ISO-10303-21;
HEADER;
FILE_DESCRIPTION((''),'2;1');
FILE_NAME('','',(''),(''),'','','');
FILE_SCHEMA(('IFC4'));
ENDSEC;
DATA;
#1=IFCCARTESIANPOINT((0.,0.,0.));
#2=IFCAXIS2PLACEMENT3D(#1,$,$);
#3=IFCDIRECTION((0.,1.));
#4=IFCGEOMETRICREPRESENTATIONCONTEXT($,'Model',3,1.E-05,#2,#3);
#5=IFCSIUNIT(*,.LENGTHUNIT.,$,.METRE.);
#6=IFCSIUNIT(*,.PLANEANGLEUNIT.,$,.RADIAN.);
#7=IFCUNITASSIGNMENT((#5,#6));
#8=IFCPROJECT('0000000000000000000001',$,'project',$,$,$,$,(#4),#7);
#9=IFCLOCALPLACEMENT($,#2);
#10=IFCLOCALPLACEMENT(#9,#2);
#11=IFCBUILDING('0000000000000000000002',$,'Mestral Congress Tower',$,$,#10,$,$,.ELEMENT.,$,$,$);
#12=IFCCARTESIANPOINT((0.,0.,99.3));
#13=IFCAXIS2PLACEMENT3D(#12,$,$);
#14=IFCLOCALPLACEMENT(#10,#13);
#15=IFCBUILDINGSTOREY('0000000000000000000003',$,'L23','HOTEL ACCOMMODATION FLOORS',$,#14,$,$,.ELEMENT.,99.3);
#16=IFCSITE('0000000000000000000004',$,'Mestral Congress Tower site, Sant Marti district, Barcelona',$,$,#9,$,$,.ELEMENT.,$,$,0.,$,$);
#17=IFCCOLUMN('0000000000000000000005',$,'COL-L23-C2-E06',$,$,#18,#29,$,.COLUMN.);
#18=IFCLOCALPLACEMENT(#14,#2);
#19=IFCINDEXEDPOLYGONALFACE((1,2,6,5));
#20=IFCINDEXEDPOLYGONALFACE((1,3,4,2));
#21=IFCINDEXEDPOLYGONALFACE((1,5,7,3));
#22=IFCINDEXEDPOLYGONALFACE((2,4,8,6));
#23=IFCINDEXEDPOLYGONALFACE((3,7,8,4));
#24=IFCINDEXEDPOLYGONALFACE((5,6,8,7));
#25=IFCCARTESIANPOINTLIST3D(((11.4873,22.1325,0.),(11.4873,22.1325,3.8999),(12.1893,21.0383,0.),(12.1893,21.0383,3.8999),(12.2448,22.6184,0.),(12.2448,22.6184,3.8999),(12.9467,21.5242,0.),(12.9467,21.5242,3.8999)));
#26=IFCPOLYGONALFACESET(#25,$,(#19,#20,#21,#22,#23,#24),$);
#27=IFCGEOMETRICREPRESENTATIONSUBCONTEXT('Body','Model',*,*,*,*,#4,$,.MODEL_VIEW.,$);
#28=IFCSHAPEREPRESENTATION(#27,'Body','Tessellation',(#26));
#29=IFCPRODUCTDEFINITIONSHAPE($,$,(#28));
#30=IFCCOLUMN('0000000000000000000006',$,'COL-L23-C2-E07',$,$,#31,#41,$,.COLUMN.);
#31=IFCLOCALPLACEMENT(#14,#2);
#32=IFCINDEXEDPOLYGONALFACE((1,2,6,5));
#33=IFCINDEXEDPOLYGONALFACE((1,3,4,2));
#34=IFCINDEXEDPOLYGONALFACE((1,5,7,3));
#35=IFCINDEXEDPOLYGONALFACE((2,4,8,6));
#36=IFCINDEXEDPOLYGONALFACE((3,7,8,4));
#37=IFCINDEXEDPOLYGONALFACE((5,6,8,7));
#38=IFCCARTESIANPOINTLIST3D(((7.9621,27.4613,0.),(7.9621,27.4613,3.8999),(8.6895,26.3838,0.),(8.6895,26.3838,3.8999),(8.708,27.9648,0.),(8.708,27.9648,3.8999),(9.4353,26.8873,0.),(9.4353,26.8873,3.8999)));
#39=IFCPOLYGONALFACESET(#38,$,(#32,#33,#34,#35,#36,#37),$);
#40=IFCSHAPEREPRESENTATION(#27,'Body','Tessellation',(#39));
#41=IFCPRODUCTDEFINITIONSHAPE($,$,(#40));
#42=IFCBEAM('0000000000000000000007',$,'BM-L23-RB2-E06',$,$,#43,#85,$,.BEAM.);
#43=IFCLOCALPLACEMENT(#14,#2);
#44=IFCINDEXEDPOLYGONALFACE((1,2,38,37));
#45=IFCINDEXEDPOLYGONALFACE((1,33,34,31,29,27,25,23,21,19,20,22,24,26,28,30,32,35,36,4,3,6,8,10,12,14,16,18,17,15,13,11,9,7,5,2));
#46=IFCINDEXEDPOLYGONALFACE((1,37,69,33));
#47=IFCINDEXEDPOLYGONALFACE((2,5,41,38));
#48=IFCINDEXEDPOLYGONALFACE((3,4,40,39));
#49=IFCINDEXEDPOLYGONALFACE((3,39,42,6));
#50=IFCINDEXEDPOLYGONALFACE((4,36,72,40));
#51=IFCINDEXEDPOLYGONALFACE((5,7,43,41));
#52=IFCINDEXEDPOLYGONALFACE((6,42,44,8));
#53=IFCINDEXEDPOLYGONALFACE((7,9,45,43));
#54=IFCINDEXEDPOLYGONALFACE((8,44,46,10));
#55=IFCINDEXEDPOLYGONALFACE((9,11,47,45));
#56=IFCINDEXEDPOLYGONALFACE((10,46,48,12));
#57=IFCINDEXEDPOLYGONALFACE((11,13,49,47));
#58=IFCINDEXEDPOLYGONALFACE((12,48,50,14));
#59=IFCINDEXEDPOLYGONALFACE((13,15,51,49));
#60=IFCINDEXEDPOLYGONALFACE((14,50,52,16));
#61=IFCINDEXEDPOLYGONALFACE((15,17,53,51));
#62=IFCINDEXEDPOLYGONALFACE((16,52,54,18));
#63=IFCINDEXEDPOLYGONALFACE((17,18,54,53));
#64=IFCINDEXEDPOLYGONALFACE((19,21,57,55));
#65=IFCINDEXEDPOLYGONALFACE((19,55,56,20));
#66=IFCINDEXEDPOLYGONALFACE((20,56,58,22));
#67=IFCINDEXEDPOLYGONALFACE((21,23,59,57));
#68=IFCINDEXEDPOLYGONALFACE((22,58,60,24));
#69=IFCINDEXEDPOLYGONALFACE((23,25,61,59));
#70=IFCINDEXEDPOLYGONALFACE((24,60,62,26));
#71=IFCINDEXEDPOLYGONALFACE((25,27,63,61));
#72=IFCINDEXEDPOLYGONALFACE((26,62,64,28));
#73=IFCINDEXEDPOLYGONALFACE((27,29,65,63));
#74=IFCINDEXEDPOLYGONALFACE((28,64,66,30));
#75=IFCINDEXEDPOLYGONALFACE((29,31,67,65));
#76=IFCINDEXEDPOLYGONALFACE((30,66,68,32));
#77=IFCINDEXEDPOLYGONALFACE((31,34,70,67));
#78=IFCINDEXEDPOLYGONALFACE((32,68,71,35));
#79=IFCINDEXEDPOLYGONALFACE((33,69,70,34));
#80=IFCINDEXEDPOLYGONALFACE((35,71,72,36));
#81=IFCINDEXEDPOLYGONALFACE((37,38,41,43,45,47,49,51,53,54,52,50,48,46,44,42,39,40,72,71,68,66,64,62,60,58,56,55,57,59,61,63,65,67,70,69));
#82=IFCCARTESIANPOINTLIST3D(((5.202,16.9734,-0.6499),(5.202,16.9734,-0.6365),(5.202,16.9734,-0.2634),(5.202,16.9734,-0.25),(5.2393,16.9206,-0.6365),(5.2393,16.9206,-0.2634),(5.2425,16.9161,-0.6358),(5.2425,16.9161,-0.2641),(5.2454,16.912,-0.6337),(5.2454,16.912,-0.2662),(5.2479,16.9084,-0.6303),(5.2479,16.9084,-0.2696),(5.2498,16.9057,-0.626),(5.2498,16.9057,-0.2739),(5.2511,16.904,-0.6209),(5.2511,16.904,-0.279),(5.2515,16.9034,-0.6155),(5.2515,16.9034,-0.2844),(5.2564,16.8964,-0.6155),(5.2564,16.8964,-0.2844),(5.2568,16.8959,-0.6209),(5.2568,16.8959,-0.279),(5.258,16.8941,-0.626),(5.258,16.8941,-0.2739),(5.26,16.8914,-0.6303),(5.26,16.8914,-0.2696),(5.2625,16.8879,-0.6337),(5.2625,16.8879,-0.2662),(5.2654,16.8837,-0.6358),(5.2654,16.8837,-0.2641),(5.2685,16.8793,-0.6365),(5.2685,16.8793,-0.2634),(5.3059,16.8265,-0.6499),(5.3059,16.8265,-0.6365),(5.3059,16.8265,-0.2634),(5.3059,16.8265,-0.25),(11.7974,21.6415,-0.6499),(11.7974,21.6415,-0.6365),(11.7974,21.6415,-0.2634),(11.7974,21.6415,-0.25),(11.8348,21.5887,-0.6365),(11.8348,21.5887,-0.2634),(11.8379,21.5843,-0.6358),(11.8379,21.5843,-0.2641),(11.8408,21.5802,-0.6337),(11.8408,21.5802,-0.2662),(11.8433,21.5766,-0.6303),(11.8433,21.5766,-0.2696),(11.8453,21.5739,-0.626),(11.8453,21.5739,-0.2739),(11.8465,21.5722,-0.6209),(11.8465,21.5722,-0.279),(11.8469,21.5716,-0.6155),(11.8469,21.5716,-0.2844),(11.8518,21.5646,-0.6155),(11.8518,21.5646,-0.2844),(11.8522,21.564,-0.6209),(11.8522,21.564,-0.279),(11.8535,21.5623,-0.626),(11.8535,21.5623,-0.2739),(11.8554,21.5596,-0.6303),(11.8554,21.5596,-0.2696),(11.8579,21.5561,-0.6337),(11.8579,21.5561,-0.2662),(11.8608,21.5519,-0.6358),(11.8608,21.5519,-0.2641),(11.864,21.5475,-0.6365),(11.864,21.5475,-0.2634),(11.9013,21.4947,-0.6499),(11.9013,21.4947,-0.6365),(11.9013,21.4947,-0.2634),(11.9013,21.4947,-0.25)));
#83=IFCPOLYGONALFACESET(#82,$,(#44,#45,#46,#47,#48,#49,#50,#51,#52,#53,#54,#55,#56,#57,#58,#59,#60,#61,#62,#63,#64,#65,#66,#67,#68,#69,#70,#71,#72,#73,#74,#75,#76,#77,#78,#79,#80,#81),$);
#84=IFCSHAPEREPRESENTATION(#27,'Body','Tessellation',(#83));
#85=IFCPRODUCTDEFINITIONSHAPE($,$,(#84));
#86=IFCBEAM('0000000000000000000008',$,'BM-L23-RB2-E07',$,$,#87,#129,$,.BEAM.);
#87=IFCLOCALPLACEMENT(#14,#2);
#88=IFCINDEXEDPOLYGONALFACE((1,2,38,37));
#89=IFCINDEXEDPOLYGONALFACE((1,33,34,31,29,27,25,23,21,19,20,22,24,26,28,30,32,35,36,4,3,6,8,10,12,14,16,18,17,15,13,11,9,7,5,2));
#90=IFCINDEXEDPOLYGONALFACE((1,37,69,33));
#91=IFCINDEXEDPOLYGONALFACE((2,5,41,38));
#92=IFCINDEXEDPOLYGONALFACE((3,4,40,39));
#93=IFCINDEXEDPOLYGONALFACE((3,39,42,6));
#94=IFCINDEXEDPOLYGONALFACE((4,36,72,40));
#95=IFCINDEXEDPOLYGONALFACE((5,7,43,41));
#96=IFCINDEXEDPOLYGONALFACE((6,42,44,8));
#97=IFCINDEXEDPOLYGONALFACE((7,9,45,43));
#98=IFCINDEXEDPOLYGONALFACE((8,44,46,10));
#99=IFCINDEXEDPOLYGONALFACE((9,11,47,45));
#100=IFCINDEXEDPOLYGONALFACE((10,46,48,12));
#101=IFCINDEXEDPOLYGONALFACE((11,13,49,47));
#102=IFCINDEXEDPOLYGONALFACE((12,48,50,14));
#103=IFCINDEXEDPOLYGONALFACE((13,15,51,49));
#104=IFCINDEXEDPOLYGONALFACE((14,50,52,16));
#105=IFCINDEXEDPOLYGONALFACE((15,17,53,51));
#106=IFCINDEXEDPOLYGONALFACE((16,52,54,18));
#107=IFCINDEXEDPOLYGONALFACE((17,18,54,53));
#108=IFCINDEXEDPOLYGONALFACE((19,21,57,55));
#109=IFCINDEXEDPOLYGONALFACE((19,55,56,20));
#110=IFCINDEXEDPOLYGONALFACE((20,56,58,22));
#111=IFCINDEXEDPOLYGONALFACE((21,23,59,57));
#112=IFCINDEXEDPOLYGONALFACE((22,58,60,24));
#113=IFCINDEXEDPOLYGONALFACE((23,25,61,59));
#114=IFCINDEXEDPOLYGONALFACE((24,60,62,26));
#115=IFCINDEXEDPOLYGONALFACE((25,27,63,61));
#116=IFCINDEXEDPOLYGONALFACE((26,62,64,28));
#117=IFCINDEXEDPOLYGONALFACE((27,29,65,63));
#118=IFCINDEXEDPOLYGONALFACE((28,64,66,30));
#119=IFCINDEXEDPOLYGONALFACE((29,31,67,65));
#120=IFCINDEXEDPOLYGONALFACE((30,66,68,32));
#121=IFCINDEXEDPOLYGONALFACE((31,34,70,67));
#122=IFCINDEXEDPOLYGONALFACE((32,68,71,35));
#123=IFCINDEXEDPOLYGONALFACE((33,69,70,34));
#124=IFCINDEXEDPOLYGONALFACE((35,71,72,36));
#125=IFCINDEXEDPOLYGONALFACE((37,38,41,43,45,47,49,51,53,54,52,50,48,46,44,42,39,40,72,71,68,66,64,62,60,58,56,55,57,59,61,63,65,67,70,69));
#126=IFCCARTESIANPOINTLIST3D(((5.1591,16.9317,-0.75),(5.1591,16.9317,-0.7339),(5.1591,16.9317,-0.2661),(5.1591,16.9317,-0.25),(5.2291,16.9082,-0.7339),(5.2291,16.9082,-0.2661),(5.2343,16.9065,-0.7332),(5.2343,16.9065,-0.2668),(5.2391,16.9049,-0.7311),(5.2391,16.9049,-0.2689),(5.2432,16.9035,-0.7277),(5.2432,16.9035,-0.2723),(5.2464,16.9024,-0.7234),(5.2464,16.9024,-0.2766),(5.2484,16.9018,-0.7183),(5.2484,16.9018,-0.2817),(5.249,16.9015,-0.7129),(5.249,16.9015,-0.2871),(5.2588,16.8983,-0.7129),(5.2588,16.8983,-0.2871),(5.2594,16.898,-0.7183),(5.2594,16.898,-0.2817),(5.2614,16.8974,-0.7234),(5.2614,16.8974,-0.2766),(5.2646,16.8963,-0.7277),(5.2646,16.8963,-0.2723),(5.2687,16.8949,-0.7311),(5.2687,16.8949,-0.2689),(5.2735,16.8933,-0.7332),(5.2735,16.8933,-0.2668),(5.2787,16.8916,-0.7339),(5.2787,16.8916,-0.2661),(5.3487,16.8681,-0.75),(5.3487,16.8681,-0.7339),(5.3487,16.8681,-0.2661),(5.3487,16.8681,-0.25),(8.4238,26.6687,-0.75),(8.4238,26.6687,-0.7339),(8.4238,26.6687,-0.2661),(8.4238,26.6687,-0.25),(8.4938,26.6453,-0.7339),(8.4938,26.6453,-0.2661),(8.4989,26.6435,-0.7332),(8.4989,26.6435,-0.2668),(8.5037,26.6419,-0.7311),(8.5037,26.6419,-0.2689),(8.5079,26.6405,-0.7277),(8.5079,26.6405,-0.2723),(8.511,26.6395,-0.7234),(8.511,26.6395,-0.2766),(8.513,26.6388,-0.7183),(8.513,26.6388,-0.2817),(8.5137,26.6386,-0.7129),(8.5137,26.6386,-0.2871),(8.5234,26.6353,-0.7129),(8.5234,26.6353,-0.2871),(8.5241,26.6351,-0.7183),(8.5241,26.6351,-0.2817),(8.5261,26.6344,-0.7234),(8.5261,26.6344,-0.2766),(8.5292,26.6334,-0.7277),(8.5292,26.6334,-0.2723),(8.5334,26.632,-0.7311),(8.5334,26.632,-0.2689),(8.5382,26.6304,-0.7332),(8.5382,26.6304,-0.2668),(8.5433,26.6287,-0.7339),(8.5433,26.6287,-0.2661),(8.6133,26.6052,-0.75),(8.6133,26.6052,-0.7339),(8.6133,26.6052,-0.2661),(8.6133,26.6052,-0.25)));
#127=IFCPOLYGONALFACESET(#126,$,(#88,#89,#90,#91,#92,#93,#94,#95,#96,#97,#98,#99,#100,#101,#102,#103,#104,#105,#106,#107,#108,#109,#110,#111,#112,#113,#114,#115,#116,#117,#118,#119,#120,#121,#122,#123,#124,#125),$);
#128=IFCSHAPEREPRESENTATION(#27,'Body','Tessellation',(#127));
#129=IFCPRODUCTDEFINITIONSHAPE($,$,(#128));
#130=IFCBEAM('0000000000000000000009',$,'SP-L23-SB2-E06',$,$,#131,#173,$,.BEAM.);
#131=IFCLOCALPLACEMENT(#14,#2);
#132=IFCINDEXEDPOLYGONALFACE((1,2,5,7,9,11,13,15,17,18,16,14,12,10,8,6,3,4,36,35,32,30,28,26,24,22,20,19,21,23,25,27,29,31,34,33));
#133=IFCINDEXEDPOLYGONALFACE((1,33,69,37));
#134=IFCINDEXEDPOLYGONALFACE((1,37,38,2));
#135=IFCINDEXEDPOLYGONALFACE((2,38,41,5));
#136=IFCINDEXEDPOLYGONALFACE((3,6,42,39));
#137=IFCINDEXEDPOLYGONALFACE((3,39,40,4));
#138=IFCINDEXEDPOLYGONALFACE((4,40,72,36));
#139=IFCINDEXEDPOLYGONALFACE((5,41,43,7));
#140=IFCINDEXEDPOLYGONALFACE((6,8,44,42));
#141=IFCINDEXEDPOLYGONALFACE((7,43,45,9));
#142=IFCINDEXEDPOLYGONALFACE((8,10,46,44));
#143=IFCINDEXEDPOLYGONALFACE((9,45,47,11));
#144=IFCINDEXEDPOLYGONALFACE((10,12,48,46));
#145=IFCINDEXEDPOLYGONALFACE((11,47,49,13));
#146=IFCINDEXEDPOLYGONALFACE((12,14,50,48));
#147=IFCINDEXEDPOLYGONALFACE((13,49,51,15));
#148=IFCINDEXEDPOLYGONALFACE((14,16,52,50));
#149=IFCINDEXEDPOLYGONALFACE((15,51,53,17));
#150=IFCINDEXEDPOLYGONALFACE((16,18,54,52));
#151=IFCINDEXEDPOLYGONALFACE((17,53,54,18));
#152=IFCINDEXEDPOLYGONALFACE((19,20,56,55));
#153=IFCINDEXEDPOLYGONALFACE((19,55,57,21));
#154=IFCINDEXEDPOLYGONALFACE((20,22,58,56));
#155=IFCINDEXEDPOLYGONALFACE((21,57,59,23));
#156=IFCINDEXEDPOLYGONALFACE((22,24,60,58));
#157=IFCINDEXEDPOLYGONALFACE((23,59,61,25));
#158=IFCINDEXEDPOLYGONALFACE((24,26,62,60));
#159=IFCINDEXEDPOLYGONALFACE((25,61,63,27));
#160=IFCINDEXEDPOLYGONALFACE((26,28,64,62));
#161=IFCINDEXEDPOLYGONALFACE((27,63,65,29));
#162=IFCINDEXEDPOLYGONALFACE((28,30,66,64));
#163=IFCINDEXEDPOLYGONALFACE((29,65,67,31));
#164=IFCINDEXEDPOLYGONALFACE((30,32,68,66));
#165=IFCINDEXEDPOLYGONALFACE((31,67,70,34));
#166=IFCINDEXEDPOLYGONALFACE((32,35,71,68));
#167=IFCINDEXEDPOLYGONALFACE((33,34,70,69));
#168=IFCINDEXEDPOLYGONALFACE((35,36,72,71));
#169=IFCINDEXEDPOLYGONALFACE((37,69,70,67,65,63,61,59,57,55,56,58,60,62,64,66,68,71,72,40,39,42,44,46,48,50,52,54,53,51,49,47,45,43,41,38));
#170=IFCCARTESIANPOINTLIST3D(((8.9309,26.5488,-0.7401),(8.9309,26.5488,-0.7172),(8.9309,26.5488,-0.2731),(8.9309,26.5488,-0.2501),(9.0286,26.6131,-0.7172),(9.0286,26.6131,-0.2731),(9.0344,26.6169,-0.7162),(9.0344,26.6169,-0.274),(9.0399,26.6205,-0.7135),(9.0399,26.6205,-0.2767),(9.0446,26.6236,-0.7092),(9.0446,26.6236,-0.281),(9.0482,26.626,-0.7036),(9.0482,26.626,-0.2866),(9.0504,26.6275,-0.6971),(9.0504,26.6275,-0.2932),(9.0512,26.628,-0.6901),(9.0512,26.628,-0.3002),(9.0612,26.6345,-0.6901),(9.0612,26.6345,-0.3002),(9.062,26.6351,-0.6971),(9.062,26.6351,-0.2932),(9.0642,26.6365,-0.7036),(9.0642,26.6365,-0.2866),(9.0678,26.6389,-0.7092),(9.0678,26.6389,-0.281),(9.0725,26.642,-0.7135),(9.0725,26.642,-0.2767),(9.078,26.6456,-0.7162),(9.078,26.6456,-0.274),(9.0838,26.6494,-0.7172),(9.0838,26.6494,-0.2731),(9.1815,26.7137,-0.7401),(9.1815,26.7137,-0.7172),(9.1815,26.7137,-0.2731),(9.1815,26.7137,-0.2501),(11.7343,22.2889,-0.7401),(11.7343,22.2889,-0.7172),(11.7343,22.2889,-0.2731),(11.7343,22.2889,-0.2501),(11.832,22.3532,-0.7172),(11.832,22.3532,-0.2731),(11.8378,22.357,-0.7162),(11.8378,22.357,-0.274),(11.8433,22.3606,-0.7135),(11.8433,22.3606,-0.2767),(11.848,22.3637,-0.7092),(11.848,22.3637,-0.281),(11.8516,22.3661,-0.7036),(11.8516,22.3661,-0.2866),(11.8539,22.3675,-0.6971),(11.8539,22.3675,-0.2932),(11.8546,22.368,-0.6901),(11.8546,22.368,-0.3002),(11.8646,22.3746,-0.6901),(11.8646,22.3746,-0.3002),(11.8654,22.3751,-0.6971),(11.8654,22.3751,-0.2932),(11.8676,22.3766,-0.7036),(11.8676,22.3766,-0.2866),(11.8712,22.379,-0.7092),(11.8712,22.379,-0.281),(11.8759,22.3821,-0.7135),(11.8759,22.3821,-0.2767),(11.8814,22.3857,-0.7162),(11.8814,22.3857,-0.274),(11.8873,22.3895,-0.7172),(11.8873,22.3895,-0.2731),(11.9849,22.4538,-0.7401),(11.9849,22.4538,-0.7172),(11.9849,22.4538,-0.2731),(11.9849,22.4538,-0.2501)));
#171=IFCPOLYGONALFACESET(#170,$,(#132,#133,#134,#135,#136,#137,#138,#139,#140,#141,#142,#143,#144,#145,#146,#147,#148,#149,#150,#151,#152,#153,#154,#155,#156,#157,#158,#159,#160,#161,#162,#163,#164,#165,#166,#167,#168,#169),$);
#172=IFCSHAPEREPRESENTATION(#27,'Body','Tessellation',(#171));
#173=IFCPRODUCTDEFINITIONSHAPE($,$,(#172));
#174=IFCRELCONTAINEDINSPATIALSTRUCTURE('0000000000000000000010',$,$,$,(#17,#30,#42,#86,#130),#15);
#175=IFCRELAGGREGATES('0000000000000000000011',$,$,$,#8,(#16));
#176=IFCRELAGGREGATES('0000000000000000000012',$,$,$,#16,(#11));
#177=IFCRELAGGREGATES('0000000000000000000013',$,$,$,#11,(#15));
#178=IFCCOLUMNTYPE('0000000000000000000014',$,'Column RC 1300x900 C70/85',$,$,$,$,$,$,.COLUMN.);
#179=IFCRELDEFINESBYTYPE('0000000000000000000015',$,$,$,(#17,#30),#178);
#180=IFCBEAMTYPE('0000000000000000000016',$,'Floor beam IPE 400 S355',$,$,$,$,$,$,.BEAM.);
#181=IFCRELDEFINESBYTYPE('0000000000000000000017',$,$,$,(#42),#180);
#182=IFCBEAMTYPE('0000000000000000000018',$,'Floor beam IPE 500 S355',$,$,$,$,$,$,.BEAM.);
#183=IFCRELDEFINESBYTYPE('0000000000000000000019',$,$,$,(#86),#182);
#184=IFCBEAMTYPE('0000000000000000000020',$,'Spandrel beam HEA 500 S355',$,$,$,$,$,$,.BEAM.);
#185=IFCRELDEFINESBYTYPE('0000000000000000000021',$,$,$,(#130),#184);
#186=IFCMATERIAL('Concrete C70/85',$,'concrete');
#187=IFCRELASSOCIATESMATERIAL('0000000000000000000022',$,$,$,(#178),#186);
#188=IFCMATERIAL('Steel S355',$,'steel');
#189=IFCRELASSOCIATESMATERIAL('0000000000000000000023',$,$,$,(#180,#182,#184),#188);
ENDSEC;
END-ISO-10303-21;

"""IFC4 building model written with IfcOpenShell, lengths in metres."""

from ifc_helpers import new_model, si_unit, direction, frame, origin, origin_2d, place, context, subcontext, project, spatial, rectangle, i_section, extrude, material, material_profile, profile_set, type_object, element, save


model = new_model("IFC4")

# Units and contexts
model_context = context("Model", 3, precision=1e-05, world=origin(), true_north=direction((0.0, 1.0)))
body_context = subcontext(model_context, "Body", "Model", "MODEL_VIEW")
ifc_project = project(units=[si_unit("LENGTHUNIT", "METRE"), si_unit("PLANEANGLEUNIT", "RADIAN")], contexts=[model_context])

# Site, building, storey
site_placement = place(None, origin())
site = spatial("IfcSite", under=ifc_project, at=site_placement, Name="Mestral Congress Tower site, Sant Marti district, Barcelona", CompositionType="ELEMENT", RefElevation=0.0)
building_placement = place(site_placement, origin())
building = spatial("IfcBuilding", under=site, at=building_placement, Name="Mestral Congress Tower", CompositionType="ELEMENT")
storey_placement = place(building_placement, frame((0.0, 0.0, 99.3)))
storey = spatial("IfcBuildingStorey", under=building, at=storey_placement, Name="L23", Description="HOTEL ACCOMMODATION FLOORS", CompositionType="ELEMENT", Elevation=99.3)

# Columns
ifc_material_1 = material(Name="Concrete C70/85", Category="concrete")
ifc_material_profile_1 = material_profile(ifc_material_1, rectangle(XDim=1.3, YDim=0.8999, at=origin_2d()), Name="RC 1300x900")
ifc_profile_set_1 = profile_set([ifc_material_profile_1], Name="Concrete C70/85")
column_type = type_object("IfcColumnType", Name="Column RC 1300x900 C70/85", PredefinedType="COLUMN", material=ifc_profile_set_1)
for number, where, z_axis, x_axis, name in (
    (1, (12.217, 21.8284, 0.0), (0.0, 0.0, 1.0), (-0.539945, 0.8417, 0.0), "COL-L23-C2-E06"),
    (2, (8.6987, 27.1743, 0.0), (0.0, 0.0, 1.0), (-0.559479, 0.828844, 0.0), "COL-L23-C2-E07"),
):
    element("IfcColumn", number, at=place(storey_placement, frame(where, z_axis=z_axis, x_axis=x_axis)), inside=storey, type_object=column_type, Name=name, PredefinedType="COLUMN", context=body_context, shape_type="SweptSolid", body=[
        extrude(rectangle(XDim=1.3, YDim=0.8999, at=origin_2d()), origin(), (0.0, 0.0, 1.0), 3.8999),
    ])

# Beams
ifc_material_2 = material(Name="Steel S355", Category="steel")
ifc_material_profile_2 = material_profile(ifc_material_2, i_section(OverallWidth=0.1799, OverallDepth=0.3999, WebThickness=0.0085, FlangeThickness=0.0134, FilletRadius=0.021, at=origin_2d()), Name="IPE 400")
ifc_profile_set_2 = profile_set([ifc_material_profile_2], Name="Steel S355")
beam_type_1 = type_object("IfcBeamType", Name="Floor beam IPE 400 S355", PredefinedType="BEAM", material=ifc_profile_set_2)
beam_1_placement = place(storey_placement, frame((11.8494, 21.5681, -0.45), z_axis=(-0.816233, -0.577723, 0.0), x_axis=(0.577723, -0.816233, 0.0)))
element("IfcBeam", 3, at=beam_1_placement, inside=storey, type_object=beam_type_1, Name="BM-L23-RB2-E06", PredefinedType="BEAM", context=body_context, shape_type="SweptSolid", body=[
    extrude(i_section(OverallWidth=0.1799, OverallDepth=0.3999, WebThickness=0.0085, FlangeThickness=0.0134, FilletRadius=0.021, at=origin_2d()), origin(), (0.0, 0.0, 1.0), 8.0803),
])
ifc_material_profile_3 = material_profile(ifc_material_2, i_section(OverallWidth=0.2, OverallDepth=0.5, WebThickness=0.0103, FlangeThickness=0.0161, FilletRadius=0.021, at=origin_2d()), Name="IPE 500")
ifc_profile_set_3 = profile_set([ifc_material_profile_3], Name="Steel S355")
beam_type_2 = type_object("IfcBeamType", Name="Floor beam IPE 500 S355", PredefinedType="BEAM", material=ifc_profile_set_3)
beam_2_placement = place(storey_placement, frame((8.5186, 26.637, -0.5), z_axis=(-0.317889, -0.948128, 0.0), x_axis=(0.948128, -0.317889, 0.0)))
element("IfcBeam", 4, at=beam_2_placement, inside=storey, type_object=beam_type_2, Name="BM-L23-RB2-E07", PredefinedType="BEAM", context=body_context, shape_type="SweptSolid", body=[
    extrude(i_section(OverallWidth=0.2, OverallDepth=0.5, WebThickness=0.0103, FlangeThickness=0.0161, FilletRadius=0.021, at=origin_2d()), origin(), (0.0, 0.0, 1.0), 10.2698),
])
ifc_material_profile_4 = material_profile(ifc_material_2, i_section(OverallWidth=0.3, OverallDepth=0.49, WebThickness=0.012, FlangeThickness=0.0229, FilletRadius=0.0271, at=origin_2d()), Name="HEA 500")
ifc_profile_set_4 = profile_set([ifc_material_profile_4], Name="Steel S355")
beam_type_3 = type_object("IfcBeamType", Name="Spandrel beam HEA 500 S355", PredefinedType="BEAM", material=ifc_profile_set_4)
beam_3_placement = place(storey_placement, frame((11.8596, 22.3713, -0.4951), z_axis=(-0.54973, 0.835342, 0.0), x_axis=(-0.835342, -0.54973, 0.0)))
element("IfcBeam", 5, at=beam_3_placement, inside=storey, type_object=beam_type_3, Name="SP-L23-SB2-E06", PredefinedType="BEAM", context=body_context, shape_type="SweptSolid", body=[
    extrude(i_section(OverallWidth=0.3, OverallDepth=0.49, WebThickness=0.012, FlangeThickness=0.0229, FilletRadius=0.0271, at=origin_2d()), origin(), (0.0, 0.0, 1.0), 5.0996),
])

save(model, "model.ifc")
